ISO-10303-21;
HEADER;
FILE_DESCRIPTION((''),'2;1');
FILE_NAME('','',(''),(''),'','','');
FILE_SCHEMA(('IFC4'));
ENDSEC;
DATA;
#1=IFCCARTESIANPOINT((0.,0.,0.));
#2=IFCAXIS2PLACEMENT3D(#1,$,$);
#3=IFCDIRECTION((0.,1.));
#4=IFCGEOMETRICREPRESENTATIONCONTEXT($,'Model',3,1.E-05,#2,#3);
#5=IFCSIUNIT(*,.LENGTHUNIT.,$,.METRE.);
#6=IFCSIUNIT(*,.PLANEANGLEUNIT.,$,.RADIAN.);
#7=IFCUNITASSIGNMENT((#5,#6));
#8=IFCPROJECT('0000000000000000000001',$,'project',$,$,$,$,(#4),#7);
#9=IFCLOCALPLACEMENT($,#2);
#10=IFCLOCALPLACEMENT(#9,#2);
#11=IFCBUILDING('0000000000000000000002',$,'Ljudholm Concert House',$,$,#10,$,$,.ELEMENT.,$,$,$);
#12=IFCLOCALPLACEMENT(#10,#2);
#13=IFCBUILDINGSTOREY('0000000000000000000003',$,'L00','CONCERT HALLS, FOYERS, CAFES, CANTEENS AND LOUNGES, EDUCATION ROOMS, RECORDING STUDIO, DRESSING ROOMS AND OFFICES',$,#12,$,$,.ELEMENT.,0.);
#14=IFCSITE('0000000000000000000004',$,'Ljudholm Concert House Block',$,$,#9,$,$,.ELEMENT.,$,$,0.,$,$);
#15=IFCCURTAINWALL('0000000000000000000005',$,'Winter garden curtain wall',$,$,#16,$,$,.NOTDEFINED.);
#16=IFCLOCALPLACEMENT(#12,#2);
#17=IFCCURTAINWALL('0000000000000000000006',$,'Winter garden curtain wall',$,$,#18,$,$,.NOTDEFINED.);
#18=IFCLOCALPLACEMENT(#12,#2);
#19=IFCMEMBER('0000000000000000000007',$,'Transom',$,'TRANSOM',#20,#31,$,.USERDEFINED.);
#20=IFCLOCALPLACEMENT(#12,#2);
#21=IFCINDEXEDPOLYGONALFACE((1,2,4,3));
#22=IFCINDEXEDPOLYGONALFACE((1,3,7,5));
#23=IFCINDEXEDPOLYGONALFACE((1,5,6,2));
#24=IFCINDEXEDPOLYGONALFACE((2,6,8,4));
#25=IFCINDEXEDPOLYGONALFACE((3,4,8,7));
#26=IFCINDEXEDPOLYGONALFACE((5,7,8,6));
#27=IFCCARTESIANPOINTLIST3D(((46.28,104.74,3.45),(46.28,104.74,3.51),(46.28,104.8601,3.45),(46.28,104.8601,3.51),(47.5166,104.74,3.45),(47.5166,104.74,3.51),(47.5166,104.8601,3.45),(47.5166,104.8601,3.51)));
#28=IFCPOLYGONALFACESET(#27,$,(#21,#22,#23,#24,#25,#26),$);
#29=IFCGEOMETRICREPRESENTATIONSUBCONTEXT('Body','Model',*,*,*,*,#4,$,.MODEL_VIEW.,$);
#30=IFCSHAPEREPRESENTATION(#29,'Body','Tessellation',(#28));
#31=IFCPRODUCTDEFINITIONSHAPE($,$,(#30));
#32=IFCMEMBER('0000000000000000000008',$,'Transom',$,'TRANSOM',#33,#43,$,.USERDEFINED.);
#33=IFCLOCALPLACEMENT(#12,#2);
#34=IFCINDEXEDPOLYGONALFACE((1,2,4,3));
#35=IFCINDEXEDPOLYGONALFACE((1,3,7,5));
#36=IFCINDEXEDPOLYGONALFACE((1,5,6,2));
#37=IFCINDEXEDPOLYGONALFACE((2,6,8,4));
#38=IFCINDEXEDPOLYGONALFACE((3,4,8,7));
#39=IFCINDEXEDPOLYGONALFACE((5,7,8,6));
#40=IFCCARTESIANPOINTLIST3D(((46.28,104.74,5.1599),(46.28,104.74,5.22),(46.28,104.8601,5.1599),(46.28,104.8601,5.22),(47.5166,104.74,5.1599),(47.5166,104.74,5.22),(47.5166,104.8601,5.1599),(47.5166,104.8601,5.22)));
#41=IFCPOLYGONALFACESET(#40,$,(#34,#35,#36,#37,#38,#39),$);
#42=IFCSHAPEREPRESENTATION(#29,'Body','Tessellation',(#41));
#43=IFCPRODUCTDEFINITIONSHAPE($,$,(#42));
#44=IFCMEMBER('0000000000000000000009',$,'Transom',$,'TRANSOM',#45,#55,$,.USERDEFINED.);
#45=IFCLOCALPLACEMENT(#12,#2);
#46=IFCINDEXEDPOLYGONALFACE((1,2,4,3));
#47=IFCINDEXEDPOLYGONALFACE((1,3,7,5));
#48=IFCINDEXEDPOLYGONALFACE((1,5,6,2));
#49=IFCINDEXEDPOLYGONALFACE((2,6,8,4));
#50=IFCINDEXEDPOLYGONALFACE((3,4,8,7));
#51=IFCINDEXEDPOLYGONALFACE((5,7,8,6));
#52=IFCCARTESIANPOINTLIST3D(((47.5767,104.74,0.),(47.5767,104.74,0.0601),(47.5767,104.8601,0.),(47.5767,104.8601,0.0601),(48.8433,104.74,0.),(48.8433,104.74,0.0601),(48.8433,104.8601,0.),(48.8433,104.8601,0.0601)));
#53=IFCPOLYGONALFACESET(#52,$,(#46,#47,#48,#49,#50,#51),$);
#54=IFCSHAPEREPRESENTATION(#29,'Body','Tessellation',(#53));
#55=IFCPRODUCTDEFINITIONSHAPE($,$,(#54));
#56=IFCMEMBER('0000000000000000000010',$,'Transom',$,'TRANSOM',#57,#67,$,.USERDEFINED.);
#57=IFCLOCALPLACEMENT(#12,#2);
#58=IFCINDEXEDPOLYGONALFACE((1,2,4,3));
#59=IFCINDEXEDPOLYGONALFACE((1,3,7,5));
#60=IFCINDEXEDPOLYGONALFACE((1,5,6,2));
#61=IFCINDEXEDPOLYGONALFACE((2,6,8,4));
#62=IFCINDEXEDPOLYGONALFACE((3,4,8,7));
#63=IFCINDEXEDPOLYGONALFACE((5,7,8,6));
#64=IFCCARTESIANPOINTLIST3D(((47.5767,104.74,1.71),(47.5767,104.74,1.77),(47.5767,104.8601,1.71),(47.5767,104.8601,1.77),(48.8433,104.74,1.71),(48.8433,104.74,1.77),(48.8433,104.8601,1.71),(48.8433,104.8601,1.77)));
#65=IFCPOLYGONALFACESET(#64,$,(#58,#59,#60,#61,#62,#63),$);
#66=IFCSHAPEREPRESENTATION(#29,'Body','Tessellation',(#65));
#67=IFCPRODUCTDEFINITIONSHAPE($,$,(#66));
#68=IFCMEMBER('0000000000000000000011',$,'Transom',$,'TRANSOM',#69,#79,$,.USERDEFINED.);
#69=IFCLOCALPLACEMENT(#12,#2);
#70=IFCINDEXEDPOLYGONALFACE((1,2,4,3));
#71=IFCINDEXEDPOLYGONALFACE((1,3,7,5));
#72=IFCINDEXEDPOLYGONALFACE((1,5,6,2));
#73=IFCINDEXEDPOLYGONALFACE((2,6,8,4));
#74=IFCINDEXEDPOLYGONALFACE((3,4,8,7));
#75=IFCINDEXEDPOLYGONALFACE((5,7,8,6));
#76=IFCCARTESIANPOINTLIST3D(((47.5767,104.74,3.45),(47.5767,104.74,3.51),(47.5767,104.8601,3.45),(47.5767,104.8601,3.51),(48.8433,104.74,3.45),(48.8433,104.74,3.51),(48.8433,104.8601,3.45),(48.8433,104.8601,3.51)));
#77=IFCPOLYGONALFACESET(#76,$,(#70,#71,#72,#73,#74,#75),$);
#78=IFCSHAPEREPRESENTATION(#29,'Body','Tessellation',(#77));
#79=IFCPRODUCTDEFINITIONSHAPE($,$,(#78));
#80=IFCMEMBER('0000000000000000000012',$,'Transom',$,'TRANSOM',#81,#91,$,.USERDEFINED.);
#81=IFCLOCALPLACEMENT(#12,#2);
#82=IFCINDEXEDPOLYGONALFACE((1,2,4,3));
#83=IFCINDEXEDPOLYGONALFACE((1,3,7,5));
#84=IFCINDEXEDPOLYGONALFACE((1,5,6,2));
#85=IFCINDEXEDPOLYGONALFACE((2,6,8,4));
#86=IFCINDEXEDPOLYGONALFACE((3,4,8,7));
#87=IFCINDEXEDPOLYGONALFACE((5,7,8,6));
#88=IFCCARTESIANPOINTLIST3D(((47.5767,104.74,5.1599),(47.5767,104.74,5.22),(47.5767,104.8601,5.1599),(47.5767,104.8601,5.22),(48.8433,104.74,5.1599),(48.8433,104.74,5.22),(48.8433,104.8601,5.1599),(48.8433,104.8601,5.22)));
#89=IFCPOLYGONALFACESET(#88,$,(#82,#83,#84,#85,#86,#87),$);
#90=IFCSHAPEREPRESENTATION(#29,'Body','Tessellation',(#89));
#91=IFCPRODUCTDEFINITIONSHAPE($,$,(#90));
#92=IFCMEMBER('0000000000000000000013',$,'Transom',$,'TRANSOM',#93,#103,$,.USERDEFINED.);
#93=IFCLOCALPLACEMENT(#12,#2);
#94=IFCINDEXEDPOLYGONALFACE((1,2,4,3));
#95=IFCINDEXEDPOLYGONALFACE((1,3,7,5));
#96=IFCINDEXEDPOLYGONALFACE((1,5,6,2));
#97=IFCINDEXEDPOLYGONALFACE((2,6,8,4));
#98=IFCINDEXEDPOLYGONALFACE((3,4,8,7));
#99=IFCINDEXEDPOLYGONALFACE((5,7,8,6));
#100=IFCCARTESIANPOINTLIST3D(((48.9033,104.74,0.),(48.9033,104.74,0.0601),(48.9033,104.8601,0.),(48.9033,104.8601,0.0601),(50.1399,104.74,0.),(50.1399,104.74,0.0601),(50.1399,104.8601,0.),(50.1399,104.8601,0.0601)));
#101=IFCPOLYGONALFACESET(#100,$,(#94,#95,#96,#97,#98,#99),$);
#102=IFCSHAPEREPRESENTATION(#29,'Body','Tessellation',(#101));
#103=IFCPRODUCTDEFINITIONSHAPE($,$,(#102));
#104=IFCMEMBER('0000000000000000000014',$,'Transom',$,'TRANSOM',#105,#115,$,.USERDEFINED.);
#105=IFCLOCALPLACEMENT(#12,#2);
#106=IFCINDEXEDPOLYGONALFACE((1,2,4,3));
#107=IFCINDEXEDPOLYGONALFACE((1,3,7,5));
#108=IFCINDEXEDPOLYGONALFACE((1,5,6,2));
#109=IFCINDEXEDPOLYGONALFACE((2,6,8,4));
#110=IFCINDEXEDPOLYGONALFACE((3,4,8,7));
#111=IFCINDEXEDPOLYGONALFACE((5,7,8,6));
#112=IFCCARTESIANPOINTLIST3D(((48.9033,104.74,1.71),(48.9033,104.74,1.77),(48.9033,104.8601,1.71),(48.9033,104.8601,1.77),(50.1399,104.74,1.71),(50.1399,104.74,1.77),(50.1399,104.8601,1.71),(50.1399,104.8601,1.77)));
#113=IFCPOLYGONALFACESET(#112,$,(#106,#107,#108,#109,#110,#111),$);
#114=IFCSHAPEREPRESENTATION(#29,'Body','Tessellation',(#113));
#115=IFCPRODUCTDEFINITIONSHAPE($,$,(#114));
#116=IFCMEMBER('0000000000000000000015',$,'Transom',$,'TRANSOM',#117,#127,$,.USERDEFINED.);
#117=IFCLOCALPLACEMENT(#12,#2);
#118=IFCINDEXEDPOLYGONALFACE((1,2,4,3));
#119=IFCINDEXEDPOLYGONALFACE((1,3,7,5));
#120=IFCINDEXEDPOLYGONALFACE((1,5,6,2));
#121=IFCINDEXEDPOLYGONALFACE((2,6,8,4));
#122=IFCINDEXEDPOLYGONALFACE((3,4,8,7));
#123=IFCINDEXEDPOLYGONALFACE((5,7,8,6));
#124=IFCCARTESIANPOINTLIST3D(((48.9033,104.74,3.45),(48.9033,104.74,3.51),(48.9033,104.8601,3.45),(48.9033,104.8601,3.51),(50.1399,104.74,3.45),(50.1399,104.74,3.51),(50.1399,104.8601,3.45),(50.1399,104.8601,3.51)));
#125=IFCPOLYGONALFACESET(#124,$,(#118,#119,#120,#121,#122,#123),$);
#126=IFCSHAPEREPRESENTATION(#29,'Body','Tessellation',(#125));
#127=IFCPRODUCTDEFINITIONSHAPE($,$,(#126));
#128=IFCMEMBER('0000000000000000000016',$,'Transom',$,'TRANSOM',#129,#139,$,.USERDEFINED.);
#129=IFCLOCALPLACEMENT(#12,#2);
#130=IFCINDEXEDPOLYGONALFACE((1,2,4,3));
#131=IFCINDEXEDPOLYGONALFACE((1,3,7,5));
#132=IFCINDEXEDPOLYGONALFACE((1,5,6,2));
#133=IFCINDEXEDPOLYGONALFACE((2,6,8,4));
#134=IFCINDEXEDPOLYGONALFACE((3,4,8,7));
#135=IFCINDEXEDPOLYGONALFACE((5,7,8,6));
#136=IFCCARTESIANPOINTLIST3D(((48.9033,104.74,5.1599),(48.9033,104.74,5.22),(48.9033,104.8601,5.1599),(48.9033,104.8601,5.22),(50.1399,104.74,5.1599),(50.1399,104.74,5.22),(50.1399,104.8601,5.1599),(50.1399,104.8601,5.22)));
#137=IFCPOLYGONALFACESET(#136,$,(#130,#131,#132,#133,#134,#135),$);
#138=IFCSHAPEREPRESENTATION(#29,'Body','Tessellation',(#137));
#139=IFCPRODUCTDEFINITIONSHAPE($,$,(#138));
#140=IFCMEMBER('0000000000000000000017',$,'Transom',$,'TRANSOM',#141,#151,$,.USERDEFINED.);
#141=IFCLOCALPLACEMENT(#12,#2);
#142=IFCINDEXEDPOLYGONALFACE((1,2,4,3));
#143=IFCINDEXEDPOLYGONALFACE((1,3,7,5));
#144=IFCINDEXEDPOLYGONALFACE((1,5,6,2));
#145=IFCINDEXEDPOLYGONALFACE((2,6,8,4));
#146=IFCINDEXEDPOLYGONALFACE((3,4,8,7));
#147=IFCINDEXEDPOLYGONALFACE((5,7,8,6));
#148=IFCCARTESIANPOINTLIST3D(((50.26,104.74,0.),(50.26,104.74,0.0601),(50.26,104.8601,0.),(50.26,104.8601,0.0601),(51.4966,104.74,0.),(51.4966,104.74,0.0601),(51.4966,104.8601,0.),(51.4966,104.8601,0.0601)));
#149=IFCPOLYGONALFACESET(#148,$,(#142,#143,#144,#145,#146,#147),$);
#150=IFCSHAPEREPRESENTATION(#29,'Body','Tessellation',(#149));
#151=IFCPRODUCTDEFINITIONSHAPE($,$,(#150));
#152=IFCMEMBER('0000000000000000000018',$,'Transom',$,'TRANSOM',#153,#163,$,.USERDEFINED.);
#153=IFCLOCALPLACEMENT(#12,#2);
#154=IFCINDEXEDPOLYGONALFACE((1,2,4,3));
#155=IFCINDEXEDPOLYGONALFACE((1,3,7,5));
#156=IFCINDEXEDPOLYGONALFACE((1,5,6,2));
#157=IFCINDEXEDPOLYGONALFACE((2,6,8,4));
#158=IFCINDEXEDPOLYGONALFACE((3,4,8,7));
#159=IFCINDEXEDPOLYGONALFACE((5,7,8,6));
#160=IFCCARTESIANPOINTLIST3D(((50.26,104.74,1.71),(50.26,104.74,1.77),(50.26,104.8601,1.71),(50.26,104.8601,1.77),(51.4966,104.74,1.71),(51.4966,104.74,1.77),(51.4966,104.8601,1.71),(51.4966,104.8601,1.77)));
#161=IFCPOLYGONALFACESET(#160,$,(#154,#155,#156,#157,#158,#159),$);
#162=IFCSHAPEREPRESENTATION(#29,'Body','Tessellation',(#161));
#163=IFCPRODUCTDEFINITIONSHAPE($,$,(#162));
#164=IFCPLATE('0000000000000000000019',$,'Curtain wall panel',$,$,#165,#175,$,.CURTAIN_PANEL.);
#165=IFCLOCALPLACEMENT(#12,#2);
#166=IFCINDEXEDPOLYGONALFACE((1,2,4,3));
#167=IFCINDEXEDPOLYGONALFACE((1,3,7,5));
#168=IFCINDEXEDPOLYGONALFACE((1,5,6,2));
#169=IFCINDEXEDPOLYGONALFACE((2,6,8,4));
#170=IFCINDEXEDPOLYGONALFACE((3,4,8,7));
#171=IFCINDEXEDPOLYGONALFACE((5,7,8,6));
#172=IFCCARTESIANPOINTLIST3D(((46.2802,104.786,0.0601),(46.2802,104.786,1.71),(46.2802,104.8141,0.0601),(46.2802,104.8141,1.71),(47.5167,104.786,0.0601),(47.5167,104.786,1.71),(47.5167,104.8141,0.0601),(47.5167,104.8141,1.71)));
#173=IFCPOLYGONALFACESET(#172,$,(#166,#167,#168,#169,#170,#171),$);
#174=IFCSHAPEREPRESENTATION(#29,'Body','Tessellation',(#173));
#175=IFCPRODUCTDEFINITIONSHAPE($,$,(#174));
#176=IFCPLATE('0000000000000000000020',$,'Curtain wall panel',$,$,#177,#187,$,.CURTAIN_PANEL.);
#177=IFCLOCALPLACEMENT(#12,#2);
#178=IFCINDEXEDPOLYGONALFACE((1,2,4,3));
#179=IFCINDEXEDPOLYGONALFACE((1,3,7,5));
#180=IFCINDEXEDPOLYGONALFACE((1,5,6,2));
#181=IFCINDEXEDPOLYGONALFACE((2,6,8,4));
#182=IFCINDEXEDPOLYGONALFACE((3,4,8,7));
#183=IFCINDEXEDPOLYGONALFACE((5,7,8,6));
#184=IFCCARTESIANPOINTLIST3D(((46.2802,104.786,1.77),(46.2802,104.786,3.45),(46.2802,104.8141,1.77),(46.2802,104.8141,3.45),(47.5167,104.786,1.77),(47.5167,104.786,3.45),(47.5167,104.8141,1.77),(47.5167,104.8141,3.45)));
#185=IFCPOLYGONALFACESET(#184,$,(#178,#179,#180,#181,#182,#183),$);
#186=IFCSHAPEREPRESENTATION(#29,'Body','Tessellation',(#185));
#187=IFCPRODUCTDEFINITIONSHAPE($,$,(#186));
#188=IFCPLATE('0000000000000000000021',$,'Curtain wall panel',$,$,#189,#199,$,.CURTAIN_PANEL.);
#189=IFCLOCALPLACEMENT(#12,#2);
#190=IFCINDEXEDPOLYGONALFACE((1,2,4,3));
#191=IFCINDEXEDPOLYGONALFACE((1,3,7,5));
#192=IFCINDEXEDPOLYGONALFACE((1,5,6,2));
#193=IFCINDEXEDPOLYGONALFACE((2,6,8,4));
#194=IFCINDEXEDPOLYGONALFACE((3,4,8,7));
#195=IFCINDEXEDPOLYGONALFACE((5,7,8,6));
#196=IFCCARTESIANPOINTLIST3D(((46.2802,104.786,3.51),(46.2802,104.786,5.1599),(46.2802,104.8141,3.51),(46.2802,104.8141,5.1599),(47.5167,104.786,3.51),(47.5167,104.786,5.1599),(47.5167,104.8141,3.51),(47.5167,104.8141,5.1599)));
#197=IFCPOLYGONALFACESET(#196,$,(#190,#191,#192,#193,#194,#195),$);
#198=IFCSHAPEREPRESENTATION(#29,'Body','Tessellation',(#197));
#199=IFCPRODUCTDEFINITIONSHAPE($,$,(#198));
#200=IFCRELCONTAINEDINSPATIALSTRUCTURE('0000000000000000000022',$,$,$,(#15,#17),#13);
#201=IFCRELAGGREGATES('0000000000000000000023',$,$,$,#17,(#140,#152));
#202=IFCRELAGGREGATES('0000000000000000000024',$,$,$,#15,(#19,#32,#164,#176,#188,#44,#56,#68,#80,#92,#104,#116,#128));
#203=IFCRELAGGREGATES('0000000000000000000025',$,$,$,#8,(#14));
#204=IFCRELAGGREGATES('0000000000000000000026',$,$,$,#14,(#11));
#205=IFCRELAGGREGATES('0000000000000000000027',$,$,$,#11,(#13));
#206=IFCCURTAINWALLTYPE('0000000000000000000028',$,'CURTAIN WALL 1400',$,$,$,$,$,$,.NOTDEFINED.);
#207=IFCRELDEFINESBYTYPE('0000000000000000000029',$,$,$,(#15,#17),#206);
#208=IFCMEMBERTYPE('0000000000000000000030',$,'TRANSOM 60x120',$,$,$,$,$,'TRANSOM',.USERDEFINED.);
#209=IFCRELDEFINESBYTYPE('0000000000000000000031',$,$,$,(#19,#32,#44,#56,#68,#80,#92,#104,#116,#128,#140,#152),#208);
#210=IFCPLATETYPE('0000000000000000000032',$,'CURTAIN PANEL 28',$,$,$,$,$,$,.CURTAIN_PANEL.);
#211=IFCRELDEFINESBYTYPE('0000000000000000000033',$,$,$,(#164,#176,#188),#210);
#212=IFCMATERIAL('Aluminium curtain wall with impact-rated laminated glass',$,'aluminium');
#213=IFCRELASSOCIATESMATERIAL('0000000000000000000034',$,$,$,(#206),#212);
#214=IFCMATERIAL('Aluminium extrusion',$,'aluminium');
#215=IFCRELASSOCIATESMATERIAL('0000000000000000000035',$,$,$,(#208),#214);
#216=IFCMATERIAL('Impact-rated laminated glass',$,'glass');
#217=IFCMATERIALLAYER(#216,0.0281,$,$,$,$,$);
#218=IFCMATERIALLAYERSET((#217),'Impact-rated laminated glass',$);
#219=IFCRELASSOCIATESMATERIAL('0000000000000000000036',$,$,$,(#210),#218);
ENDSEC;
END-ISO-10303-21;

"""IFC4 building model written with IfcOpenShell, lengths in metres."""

from ifc_helpers import new_model, si_unit, direction, frame, origin, origin_2d, place, context, subcontext, project, spatial, rectangle, extrude, material, layer, layer_set, material_profile, profile_set, type_object, element, aggregate, save


model = new_model("IFC4")

# Units and contexts
model_context = context("Model", 3, precision=1e-05, world=origin(), true_north=direction((0.0, 1.0)))
body_context = subcontext(model_context, "Body", "Model", "MODEL_VIEW")
ifc_project = project(units=[si_unit("LENGTHUNIT", "METRE"), si_unit("PLANEANGLEUNIT", "RADIAN")], contexts=[model_context])

# Site, building, storey
site_placement = place(None, origin())
site = spatial("IfcSite", under=ifc_project, at=site_placement, Name="Ljudholm Concert House Block", CompositionType="ELEMENT", RefElevation=0.0)
building_placement = place(site_placement, origin())
building = spatial("IfcBuilding", under=site, at=building_placement, Name="Ljudholm Concert House", CompositionType="ELEMENT")
storey_placement = place(building_placement, origin())
storey = spatial("IfcBuildingStorey", under=building, at=storey_placement, Name="L00", Description="CONCERT HALLS, FOYERS, CAFES, CANTEENS AND LOUNGES, EDUCATION ROOMS, RECORDING STUDIO, DRESSING ROOMS AND OFFICES", CompositionType="ELEMENT", Elevation=0.0)

# Curtain wall
ifc_material_1 = material(Name="Aluminium curtain wall with impact-rated laminated glass", Category="aluminium")
curtain_wall_type = type_object("IfcCurtainWallType", Name="CURTAIN WALL 1400", PredefinedType="NOTDEFINED", material=ifc_material_1)
curtain_wall_1_placement = place(storey_placement, origin())
curtain_wall_1 = element("IfcCurtainWall", 1, at=curtain_wall_1_placement, inside=storey, type_object=curtain_wall_type, Name="Winter garden curtain wall", PredefinedType="NOTDEFINED")

# Curtain wall
curtain_wall_2_placement = place(storey_placement, origin())
curtain_wall_2 = element("IfcCurtainWall", 2, at=curtain_wall_2_placement, inside=storey, type_object=curtain_wall_type, Name="Winter garden curtain wall", PredefinedType="NOTDEFINED")

# Members
ifc_material_2 = material(Name="Aluminium extrusion", Category="aluminium")
ifc_material_profile_1 = material_profile(ifc_material_2, rectangle(XDim=0.1201, YDim=0.0601, at=origin_2d()), Name="TRANSOM 60x120")
ifc_profile_set_1 = profile_set([ifc_material_profile_1], Name="Aluminium extrusion")
member_type_1 = type_object("IfcMemberType", Name="TRANSOM 60x120", ElementType="TRANSOM", PredefinedType="USERDEFINED", material=ifc_profile_set_1)
member_1_placement = place(storey_placement, frame((46.28, 104.8, 3.48), z_axis=(1.0, 0.0, 0.0), x_axis=(0.0, 1.0, 0.0)))
member_1 = element("IfcMember", 3, at=member_1_placement, type_object=member_type_1, Name="Transom", ObjectType="TRANSOM", PredefinedType="USERDEFINED", context=body_context, shape_type="SweptSolid", body=[
    extrude(rectangle(XDim=0.1201, YDim=0.0601, at=origin_2d()), origin(), (0.0, 0.0, 1.0), 1.2366),
])
member_2_placement = place(storey_placement, frame((46.28, 104.8, 5.1899), z_axis=(1.0, 0.0, 0.0), x_axis=(0.0, 1.0, 0.0)))
member_2 = element("IfcMember", 4, at=member_2_placement, type_object=member_type_1, Name="Transom", ObjectType="TRANSOM", PredefinedType="USERDEFINED", context=body_context, shape_type="SweptSolid", body=[
    extrude(rectangle(XDim=0.1201, YDim=0.0601, at=origin_2d()), origin(), (0.0, 0.0, 1.0), 1.2366),
])
member_3_placement = place(storey_placement, frame((47.5767, 104.8, 0.03), z_axis=(1.0, 0.0, 0.0), x_axis=(0.0, 1.0, 0.0)))
member_3 = element("IfcMember", 5, at=member_3_placement, type_object=member_type_1, Name="Transom", ObjectType="TRANSOM", PredefinedType="USERDEFINED", context=body_context, shape_type="SweptSolid", body=[
    extrude(rectangle(XDim=0.1201, YDim=0.0601, at=origin_2d()), origin(), (0.0, 0.0, 1.0), 1.2666),
])
member_4_placement = place(storey_placement, frame((47.5767, 104.8, 1.74), z_axis=(1.0, 0.0, 0.0), x_axis=(0.0, 1.0, 0.0)))
member_4 = element("IfcMember", 6, at=member_4_placement, type_object=member_type_1, Name="Transom", ObjectType="TRANSOM", PredefinedType="USERDEFINED", context=body_context, shape_type="SweptSolid", body=[
    extrude(rectangle(XDim=0.1201, YDim=0.0601, at=origin_2d()), origin(), (0.0, 0.0, 1.0), 1.2666),
])
member_5_placement = place(storey_placement, frame((47.5767, 104.8, 3.48), z_axis=(1.0, 0.0, 0.0), x_axis=(0.0, 1.0, 0.0)))
member_5 = element("IfcMember", 7, at=member_5_placement, type_object=member_type_1, Name="Transom", ObjectType="TRANSOM", PredefinedType="USERDEFINED", context=body_context, shape_type="SweptSolid", body=[
    extrude(rectangle(XDim=0.1201, YDim=0.0601, at=origin_2d()), origin(), (0.0, 0.0, 1.0), 1.2666),
])
member_6_placement = place(storey_placement, frame((47.5767, 104.8, 5.1899), z_axis=(1.0, 0.0, 0.0), x_axis=(0.0, 1.0, 0.0)))
member_6 = element("IfcMember", 8, at=member_6_placement, type_object=member_type_1, Name="Transom", ObjectType="TRANSOM", PredefinedType="USERDEFINED", context=body_context, shape_type="SweptSolid", body=[
    extrude(rectangle(XDim=0.1201, YDim=0.0601, at=origin_2d()), origin(), (0.0, 0.0, 1.0), 1.2666),
])
member_7_placement = place(storey_placement, frame((48.9033, 104.8, 0.03), z_axis=(1.0, 0.0, 0.0), x_axis=(0.0, 1.0, 0.0)))
member_7 = element("IfcMember", 9, at=member_7_placement, type_object=member_type_1, Name="Transom", ObjectType="TRANSOM", PredefinedType="USERDEFINED", context=body_context, shape_type="SweptSolid", body=[
    extrude(rectangle(XDim=0.1201, YDim=0.0601, at=origin_2d()), origin(), (0.0, 0.0, 1.0), 1.2366),
])
member_8_placement = place(storey_placement, frame((48.9033, 104.8, 1.74), z_axis=(1.0, 0.0, 0.0), x_axis=(0.0, 1.0, 0.0)))
member_8 = element("IfcMember", 10, at=member_8_placement, type_object=member_type_1, Name="Transom", ObjectType="TRANSOM", PredefinedType="USERDEFINED", context=body_context, shape_type="SweptSolid", body=[
    extrude(rectangle(XDim=0.1201, YDim=0.0601, at=origin_2d()), origin(), (0.0, 0.0, 1.0), 1.2366),
])
member_9_placement = place(storey_placement, frame((48.9033, 104.8, 3.48), z_axis=(1.0, 0.0, 0.0), x_axis=(0.0, 1.0, 0.0)))
member_9 = element("IfcMember", 11, at=member_9_placement, type_object=member_type_1, Name="Transom", ObjectType="TRANSOM", PredefinedType="USERDEFINED", context=body_context, shape_type="SweptSolid", body=[
    extrude(rectangle(XDim=0.1201, YDim=0.0601, at=origin_2d()), origin(), (0.0, 0.0, 1.0), 1.2366),
])
member_10_placement = place(storey_placement, frame((48.9033, 104.8, 5.1899), z_axis=(1.0, 0.0, 0.0), x_axis=(0.0, 1.0, 0.0)))
member_10 = element("IfcMember", 12, at=member_10_placement, type_object=member_type_1, Name="Transom", ObjectType="TRANSOM", PredefinedType="USERDEFINED", context=body_context, shape_type="SweptSolid", body=[
    extrude(rectangle(XDim=0.1201, YDim=0.0601, at=origin_2d()), origin(), (0.0, 0.0, 1.0), 1.2366),
])
member_11_placement = place(storey_placement, frame((50.26, 104.8, 0.03), z_axis=(1.0, 0.0, 0.0), x_axis=(0.0, 1.0, 0.0)))
member_11 = element("IfcMember", 13, at=member_11_placement, type_object=member_type_1, Name="Transom", ObjectType="TRANSOM", PredefinedType="USERDEFINED", context=body_context, shape_type="SweptSolid", body=[
    extrude(rectangle(XDim=0.1201, YDim=0.0601, at=origin_2d()), origin(), (0.0, 0.0, 1.0), 1.2366),
])
member_12_placement = place(storey_placement, frame((50.26, 104.8, 1.74), z_axis=(1.0, 0.0, 0.0), x_axis=(0.0, 1.0, 0.0)))
member_12 = element("IfcMember", 14, at=member_12_placement, type_object=member_type_1, Name="Transom", ObjectType="TRANSOM", PredefinedType="USERDEFINED", context=body_context, shape_type="SweptSolid", body=[
    extrude(rectangle(XDim=0.1201, YDim=0.0601, at=origin_2d()), origin(), (0.0, 0.0, 1.0), 1.2366),
])
aggregate(curtain_wall_2, [member_11, member_12])

# Plates
ifc_material_3 = material(Name="Impact-rated laminated glass", Category="glass")
ifc_layer_1 = layer(ifc_material_3, 0.0281)
ifc_layer_set_1 = layer_set([ifc_layer_1], Name="Impact-rated laminated glass")
plate_type = type_object("IfcPlateType", Name="CURTAIN PANEL 28", PredefinedType="CURTAIN_PANEL", material=ifc_layer_set_1)
plate_1_placement = place(storey_placement, frame((46.8984, 104.8, 0.0601), z_axis=(0.0, 0.0, 1.0), x_axis=(1.0, 0.0, 0.0)))
plate_1 = element("IfcPlate", 15, at=plate_1_placement, type_object=plate_type, Name="Curtain wall panel", PredefinedType="CURTAIN_PANEL", context=body_context, shape_type="SweptSolid", body=[
    extrude(rectangle(XDim=1.2366, YDim=0.0281, at=origin_2d()), origin(), (0.0, 0.0, 1.0), 1.6499),
])
plate_2_placement = place(storey_placement, frame((46.8984, 104.8, 1.77), z_axis=(0.0, 0.0, 1.0), x_axis=(1.0, 0.0, 0.0)))
plate_2 = element("IfcPlate", 16, at=plate_2_placement, type_object=plate_type, Name="Curtain wall panel", PredefinedType="CURTAIN_PANEL", context=body_context, shape_type="SweptSolid", body=[
    extrude(rectangle(XDim=1.2366, YDim=0.0281, at=origin_2d()), origin(), (0.0, 0.0, 1.0), 1.6799),
])
plate_3_placement = place(storey_placement, frame((46.8984, 104.8, 3.51), z_axis=(0.0, 0.0, 1.0), x_axis=(1.0, 0.0, 0.0)))
plate_3 = element("IfcPlate", 17, at=plate_3_placement, type_object=plate_type, Name="Curtain wall panel", PredefinedType="CURTAIN_PANEL", context=body_context, shape_type="SweptSolid", body=[
    extrude(rectangle(XDim=1.2366, YDim=0.0281, at=origin_2d()), origin(), (0.0, 0.0, 1.0), 1.6499),
])
aggregate(curtain_wall_1, [member_1, member_2, plate_1, plate_2, plate_3, member_3, member_4, member_5, member_6, member_7, member_8, member_9, member_10])

save(model, "model.ifc")
